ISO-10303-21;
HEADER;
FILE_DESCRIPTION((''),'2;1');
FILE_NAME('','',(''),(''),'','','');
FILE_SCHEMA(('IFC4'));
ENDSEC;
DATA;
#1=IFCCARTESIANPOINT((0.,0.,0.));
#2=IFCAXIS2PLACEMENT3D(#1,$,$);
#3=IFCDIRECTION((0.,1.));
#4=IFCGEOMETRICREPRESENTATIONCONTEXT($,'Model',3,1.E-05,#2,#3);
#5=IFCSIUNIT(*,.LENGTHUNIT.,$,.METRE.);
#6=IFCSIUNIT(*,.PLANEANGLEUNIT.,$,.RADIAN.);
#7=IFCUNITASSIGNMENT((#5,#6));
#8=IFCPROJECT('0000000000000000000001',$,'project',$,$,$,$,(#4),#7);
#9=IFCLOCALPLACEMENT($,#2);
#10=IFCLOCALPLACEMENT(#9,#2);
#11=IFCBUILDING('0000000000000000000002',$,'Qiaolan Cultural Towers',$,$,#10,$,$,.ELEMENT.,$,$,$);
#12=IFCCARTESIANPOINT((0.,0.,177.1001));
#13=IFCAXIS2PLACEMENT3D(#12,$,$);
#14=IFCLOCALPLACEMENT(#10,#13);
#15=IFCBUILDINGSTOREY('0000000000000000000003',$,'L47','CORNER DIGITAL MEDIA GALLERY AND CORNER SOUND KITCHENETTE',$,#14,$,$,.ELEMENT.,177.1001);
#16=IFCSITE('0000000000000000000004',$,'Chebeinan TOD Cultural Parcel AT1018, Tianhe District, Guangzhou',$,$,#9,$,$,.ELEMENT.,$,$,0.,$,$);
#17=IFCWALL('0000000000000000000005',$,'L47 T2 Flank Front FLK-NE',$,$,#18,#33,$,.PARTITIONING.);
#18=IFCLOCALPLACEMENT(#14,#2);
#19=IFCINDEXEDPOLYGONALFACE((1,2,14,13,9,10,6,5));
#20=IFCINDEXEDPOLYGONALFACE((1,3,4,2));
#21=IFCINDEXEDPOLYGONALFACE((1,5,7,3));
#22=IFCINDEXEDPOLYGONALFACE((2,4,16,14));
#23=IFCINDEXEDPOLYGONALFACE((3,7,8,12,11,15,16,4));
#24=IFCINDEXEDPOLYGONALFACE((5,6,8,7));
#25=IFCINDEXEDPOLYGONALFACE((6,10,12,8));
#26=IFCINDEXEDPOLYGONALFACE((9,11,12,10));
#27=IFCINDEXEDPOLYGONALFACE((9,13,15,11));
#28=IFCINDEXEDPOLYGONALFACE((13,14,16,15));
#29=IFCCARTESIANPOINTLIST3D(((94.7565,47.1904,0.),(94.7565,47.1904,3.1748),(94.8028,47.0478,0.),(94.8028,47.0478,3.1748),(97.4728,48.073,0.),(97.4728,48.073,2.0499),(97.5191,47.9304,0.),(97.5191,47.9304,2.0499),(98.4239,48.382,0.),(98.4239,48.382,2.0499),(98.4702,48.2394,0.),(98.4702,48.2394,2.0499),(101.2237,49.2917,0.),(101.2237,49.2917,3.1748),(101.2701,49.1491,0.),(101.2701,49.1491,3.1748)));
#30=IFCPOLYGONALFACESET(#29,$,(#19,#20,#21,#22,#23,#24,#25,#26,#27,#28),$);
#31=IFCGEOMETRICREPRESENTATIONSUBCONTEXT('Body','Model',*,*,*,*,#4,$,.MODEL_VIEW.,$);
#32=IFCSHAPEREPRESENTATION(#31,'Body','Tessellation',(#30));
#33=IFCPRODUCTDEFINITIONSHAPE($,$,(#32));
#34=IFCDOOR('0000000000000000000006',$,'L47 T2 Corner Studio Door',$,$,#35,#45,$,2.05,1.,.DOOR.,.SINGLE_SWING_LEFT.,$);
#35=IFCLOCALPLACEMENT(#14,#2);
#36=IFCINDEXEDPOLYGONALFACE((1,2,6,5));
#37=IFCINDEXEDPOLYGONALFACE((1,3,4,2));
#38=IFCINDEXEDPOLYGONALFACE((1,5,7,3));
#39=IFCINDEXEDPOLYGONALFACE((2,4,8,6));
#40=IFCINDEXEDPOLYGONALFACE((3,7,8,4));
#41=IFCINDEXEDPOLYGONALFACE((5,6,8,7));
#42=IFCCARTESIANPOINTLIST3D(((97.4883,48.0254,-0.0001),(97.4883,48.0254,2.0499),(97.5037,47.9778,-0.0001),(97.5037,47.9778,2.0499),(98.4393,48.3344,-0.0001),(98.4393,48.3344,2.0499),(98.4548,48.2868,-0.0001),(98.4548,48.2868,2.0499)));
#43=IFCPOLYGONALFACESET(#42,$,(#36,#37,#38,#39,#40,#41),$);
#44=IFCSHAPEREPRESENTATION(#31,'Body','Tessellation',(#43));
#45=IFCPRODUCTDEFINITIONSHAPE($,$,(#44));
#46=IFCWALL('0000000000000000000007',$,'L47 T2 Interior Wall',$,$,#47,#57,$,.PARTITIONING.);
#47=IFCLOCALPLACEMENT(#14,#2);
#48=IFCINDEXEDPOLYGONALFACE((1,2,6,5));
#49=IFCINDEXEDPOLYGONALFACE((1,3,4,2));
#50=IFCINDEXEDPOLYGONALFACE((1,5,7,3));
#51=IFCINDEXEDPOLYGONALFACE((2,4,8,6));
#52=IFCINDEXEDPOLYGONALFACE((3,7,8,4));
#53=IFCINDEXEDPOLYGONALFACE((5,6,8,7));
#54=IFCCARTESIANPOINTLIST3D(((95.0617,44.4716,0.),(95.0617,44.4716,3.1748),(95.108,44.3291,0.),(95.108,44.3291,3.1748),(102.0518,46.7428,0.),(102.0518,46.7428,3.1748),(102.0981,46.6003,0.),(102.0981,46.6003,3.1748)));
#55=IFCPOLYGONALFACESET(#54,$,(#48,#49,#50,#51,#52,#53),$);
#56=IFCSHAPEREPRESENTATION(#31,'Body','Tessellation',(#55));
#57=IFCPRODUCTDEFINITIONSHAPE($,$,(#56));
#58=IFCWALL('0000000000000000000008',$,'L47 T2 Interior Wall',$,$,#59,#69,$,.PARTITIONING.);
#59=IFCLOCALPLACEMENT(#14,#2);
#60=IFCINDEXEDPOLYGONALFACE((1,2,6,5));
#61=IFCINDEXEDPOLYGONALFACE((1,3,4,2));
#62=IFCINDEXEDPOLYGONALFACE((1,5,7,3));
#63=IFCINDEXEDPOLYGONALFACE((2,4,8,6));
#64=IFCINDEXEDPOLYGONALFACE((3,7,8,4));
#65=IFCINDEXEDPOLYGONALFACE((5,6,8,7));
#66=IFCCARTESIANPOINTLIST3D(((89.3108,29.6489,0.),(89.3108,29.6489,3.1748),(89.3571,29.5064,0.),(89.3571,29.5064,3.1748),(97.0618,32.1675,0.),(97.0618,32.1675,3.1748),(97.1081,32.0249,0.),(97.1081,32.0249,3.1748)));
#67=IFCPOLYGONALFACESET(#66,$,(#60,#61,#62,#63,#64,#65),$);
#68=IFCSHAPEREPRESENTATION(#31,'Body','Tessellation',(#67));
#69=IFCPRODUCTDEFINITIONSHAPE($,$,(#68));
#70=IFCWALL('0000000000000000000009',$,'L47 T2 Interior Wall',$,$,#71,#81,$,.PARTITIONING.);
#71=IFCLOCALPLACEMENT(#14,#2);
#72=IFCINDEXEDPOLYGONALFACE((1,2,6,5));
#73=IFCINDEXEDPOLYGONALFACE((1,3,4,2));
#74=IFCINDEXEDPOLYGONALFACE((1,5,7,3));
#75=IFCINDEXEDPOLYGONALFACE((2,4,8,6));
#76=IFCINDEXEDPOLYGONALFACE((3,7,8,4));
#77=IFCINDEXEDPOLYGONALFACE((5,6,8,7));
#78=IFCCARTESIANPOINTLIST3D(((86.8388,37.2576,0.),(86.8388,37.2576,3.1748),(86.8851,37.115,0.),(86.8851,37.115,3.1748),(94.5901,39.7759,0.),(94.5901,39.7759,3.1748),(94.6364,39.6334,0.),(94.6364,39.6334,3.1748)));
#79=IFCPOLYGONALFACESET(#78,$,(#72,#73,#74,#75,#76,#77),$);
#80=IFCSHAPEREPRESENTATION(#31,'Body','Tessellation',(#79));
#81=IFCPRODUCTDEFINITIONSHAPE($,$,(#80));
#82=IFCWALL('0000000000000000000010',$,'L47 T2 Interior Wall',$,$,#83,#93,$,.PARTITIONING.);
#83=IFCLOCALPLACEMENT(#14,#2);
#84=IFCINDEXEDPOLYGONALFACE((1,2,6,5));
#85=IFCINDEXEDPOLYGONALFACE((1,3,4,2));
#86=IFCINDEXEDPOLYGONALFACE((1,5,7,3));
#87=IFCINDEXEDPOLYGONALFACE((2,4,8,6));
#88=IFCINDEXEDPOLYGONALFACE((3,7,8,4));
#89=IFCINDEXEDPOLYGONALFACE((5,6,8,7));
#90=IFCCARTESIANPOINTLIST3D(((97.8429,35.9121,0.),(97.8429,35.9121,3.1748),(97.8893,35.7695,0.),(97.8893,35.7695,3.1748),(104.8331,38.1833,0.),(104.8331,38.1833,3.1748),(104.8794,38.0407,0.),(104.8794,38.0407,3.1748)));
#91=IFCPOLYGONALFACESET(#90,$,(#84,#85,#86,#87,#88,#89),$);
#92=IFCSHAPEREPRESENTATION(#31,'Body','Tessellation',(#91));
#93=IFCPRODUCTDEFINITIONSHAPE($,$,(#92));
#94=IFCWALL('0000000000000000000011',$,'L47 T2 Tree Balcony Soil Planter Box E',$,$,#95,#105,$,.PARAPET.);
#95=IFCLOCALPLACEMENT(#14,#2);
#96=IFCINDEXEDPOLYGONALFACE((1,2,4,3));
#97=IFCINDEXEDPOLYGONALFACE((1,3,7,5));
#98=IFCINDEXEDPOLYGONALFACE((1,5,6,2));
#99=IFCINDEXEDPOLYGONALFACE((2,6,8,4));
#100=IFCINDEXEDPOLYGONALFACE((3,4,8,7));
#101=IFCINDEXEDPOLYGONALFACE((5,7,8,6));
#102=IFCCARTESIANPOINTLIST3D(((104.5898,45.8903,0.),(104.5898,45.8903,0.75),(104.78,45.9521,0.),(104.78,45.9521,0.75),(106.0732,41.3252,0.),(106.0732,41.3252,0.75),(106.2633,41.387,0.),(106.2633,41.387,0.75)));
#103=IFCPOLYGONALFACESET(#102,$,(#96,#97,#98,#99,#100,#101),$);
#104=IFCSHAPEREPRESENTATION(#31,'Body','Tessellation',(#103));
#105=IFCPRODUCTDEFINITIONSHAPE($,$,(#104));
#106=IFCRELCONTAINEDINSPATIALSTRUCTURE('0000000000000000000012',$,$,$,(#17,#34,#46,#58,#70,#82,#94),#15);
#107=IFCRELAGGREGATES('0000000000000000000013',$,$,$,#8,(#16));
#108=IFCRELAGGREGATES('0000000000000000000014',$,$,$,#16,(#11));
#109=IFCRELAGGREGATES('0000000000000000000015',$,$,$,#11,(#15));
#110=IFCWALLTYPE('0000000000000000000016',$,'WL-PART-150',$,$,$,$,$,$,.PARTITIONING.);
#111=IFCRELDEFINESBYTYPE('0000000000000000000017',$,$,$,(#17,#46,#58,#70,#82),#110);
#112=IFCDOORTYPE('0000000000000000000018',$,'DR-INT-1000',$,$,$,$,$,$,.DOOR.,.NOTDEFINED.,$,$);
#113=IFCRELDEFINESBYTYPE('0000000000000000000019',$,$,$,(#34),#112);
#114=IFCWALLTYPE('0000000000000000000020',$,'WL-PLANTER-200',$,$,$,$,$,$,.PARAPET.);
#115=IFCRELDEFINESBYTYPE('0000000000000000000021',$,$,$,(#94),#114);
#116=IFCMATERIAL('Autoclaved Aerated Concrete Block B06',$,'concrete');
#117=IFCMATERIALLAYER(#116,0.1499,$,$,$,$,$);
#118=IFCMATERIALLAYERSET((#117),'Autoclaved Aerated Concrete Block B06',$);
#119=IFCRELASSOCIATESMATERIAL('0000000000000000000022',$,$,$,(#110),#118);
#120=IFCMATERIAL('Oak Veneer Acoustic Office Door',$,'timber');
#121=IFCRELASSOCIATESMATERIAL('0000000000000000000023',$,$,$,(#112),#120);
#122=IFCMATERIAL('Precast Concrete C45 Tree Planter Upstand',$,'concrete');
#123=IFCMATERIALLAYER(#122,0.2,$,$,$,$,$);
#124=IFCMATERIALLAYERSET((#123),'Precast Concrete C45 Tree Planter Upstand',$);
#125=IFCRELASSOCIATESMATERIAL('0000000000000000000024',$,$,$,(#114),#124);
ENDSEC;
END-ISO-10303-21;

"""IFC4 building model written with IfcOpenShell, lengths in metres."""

from ifc_helpers import new_model, si_unit, direction, frame, frame_2d, origin, place, context, subcontext, project, spatial, rectangle, extrude, material, layer, layer_set, type_object, element, fill, save


model = new_model("IFC4")

# Units and contexts
model_context = context("Model", 3, precision=1e-05, world=origin(), true_north=direction((0.0, 1.0)))
body_context = subcontext(model_context, "Body", "Model", "MODEL_VIEW")
ifc_project = project(units=[si_unit("LENGTHUNIT", "METRE"), si_unit("PLANEANGLEUNIT", "RADIAN")], contexts=[model_context])

# Site, building, storey
site_placement = place(None, origin())
site = spatial("IfcSite", under=ifc_project, at=site_placement, Name="Chebeinan TOD Cultural Parcel AT1018, Tianhe District, Guangzhou", CompositionType="ELEMENT", RefElevation=0.0)
building_placement = place(site_placement, origin())
building = spatial("IfcBuilding", under=site, at=building_placement, Name="Qiaolan Cultural Towers", CompositionType="ELEMENT")
storey_placement = place(building_placement, frame((0.0, 0.0, 177.1001)))
storey = spatial("IfcBuildingStorey", under=building, at=storey_placement, Name="L47", Description="CORNER DIGITAL MEDIA GALLERY AND CORNER SOUND KITCHENETTE", CompositionType="ELEMENT", Elevation=177.1001)

# Wall, opening, door
ifc_material_1 = material(Name="Autoclaved Aerated Concrete Block B06", Category="concrete")
ifc_layer_1 = layer(ifc_material_1, 0.1499)
ifc_layer_set_1 = layer_set([ifc_layer_1], Name="Autoclaved Aerated Concrete Block B06")
wall_type_1 = type_object("IfcWallType", Name="WL-PART-150", PredefinedType="PARTITIONING", material=ifc_layer_set_1)
wall_1_placement = place(storey_placement, frame((94.7798, 47.1191, 0.0), z_axis=(0.0, 0.0, 1.0), x_axis=(0.951058, 0.309013, 0.0)))
wall_1 = element("IfcWall", 1, at=wall_1_placement, inside=storey, type_object=wall_type_1, Name="L47 T2 Flank Front FLK-NE", PredefinedType="PARTITIONING", context=body_context, shape_type="SweptSolid", body=[
    extrude(rectangle(XDim=6.8, YDim=0.1499, at=frame_2d((3.3999, 0.0))), origin(), (0.0, 0.0, 1.0), 3.1748),
])
opening_1_placement = place(wall_1_placement, frame((2.856, 0.0, 0.0)))
opening_1 = element("IfcOpeningElement", 2, at=opening_1_placement, cuts=wall_1, PredefinedType="OPENING", context=body_context, shape_type="SweptSolid", body=[
    extrude(rectangle(XDim=1.0, YDim=2.05, at=frame_2d((0.5, 1.0249))), frame((0.0, 0.085, 0.0), z_axis=(0.0, -1.0, 0.0), x_axis=(1.0, 0.0, 0.0)), (0.0, 0.0, 1.0), 0.1699),
])
ifc_material_2 = material(Name="Oak Veneer Acoustic Office Door", Category="timber")
door_type_1 = type_object("IfcDoorType", Name="DR-INT-1000", OperationType="NOTDEFINED", PredefinedType="DOOR", material=ifc_material_2)
door_1_placement = place(opening_1_placement, origin())
door_1 = element("IfcDoor", 3, at=door_1_placement, inside=storey, type_object=door_type_1, Name="L47 T2 Corner Studio Door", OperationType="SINGLE_SWING_LEFT", OverallHeight=2.05, OverallWidth=1.0, PredefinedType="DOOR", context=body_context, shape_type="SweptSolid", body=[
    extrude(rectangle(XDim=1.0, YDim=2.05, at=frame_2d((0.5, 1.0249))), frame((0.0, 0.0249, 0.0), z_axis=(0.0, -1.0, 0.0), x_axis=(1.0, 0.0, 0.0)), (0.0, 0.0, 1.0), 0.05),
])
fill(opening_1, door_1)

# Walls
wall_2_placement = place(storey_placement, frame((95.085, 44.4004, 0.0), z_axis=(0.0, 0.0, 1.0), x_axis=(0.951057, 0.309014, 0.0)))
element("IfcWall", 4, at=wall_2_placement, inside=storey, type_object=wall_type_1, Name="L47 T2 Interior Wall", PredefinedType="PARTITIONING", context=body_context, shape_type="SweptSolid", body=[
    extrude(rectangle(XDim=7.3499, YDim=0.1499, at=frame_2d((3.6748, 0.0))), origin(), (0.0, 0.0, 1.0), 3.1748),
])
wall_3_placement = place(storey_placement, frame((89.334, 29.5776, 0.0), z_axis=(0.0, 0.0, 1.0), x_axis=(0.951053, 0.309029, 0.0)))
element("IfcWall", 5, at=wall_3_placement, inside=storey, type_object=wall_type_1, Name="L47 T2 Interior Wall", PredefinedType="PARTITIONING", context=body_context, shape_type="SweptSolid", body=[
    extrude(rectangle(XDim=8.1499, YDim=0.1499, at=frame_2d((4.075, 0.0))), origin(), (0.0, 0.0, 1.0), 3.1748),
])
wall_4_placement = place(storey_placement, frame((86.8618, 37.1863, 0.0), z_axis=(0.0, 0.0, 1.0), x_axis=(0.951064, 0.308993, 0.0)))
element("IfcWall", 6, at=wall_4_placement, inside=storey, type_object=wall_type_1, Name="L47 T2 Interior Wall", PredefinedType="PARTITIONING", context=body_context, shape_type="SweptSolid", body=[
    extrude(rectangle(XDim=8.1501, YDim=0.1499, at=frame_2d((4.0752, 0.0))), origin(), (0.0, 0.0, 1.0), 3.1748),
])
wall_5_placement = place(storey_placement, frame((97.8662, 35.8408, 0.0), z_axis=(0.0, 0.0, 1.0), x_axis=(0.951057, 0.309014, 0.0)))
element("IfcWall", 7, at=wall_5_placement, inside=storey, type_object=wall_type_1, Name="L47 T2 Interior Wall", PredefinedType="PARTITIONING", context=body_context, shape_type="SweptSolid", body=[
    extrude(rectangle(XDim=7.3499, YDim=0.1499, at=frame_2d((3.6748, 0.0))), origin(), (0.0, 0.0, 1.0), 3.1748),
])
ifc_material_3 = material(Name="Precast Concrete C45 Tree Planter Upstand", Category="concrete")
ifc_layer_2 = layer(ifc_material_3, 0.2)
ifc_layer_set_2 = layer_set([ifc_layer_2], Name="Precast Concrete C45 Tree Planter Upstand")
wall_type_2 = type_object("IfcWallType", Name="WL-PLANTER-200", PredefinedType="PARAPET", material=ifc_layer_set_2)
wall_6_placement = place(storey_placement, frame((106.1682, 41.3562, 0.0), z_axis=(0.0, 0.0, 1.0), x_axis=(-0.309032, 0.951052, 0.0)))
element("IfcWall", 8, at=wall_6_placement, inside=storey, type_object=wall_type_2, Name="L47 T2 Tree Balcony Soil Planter Box E", PredefinedType="PARAPET", context=body_context, shape_type="SweptSolid", body=[
    extrude(rectangle(XDim=4.8, YDim=0.2, at=frame_2d((2.3999, 0.0))), origin(), (0.0, 0.0, 1.0), 0.75),
])

save(model, "model.ifc")
